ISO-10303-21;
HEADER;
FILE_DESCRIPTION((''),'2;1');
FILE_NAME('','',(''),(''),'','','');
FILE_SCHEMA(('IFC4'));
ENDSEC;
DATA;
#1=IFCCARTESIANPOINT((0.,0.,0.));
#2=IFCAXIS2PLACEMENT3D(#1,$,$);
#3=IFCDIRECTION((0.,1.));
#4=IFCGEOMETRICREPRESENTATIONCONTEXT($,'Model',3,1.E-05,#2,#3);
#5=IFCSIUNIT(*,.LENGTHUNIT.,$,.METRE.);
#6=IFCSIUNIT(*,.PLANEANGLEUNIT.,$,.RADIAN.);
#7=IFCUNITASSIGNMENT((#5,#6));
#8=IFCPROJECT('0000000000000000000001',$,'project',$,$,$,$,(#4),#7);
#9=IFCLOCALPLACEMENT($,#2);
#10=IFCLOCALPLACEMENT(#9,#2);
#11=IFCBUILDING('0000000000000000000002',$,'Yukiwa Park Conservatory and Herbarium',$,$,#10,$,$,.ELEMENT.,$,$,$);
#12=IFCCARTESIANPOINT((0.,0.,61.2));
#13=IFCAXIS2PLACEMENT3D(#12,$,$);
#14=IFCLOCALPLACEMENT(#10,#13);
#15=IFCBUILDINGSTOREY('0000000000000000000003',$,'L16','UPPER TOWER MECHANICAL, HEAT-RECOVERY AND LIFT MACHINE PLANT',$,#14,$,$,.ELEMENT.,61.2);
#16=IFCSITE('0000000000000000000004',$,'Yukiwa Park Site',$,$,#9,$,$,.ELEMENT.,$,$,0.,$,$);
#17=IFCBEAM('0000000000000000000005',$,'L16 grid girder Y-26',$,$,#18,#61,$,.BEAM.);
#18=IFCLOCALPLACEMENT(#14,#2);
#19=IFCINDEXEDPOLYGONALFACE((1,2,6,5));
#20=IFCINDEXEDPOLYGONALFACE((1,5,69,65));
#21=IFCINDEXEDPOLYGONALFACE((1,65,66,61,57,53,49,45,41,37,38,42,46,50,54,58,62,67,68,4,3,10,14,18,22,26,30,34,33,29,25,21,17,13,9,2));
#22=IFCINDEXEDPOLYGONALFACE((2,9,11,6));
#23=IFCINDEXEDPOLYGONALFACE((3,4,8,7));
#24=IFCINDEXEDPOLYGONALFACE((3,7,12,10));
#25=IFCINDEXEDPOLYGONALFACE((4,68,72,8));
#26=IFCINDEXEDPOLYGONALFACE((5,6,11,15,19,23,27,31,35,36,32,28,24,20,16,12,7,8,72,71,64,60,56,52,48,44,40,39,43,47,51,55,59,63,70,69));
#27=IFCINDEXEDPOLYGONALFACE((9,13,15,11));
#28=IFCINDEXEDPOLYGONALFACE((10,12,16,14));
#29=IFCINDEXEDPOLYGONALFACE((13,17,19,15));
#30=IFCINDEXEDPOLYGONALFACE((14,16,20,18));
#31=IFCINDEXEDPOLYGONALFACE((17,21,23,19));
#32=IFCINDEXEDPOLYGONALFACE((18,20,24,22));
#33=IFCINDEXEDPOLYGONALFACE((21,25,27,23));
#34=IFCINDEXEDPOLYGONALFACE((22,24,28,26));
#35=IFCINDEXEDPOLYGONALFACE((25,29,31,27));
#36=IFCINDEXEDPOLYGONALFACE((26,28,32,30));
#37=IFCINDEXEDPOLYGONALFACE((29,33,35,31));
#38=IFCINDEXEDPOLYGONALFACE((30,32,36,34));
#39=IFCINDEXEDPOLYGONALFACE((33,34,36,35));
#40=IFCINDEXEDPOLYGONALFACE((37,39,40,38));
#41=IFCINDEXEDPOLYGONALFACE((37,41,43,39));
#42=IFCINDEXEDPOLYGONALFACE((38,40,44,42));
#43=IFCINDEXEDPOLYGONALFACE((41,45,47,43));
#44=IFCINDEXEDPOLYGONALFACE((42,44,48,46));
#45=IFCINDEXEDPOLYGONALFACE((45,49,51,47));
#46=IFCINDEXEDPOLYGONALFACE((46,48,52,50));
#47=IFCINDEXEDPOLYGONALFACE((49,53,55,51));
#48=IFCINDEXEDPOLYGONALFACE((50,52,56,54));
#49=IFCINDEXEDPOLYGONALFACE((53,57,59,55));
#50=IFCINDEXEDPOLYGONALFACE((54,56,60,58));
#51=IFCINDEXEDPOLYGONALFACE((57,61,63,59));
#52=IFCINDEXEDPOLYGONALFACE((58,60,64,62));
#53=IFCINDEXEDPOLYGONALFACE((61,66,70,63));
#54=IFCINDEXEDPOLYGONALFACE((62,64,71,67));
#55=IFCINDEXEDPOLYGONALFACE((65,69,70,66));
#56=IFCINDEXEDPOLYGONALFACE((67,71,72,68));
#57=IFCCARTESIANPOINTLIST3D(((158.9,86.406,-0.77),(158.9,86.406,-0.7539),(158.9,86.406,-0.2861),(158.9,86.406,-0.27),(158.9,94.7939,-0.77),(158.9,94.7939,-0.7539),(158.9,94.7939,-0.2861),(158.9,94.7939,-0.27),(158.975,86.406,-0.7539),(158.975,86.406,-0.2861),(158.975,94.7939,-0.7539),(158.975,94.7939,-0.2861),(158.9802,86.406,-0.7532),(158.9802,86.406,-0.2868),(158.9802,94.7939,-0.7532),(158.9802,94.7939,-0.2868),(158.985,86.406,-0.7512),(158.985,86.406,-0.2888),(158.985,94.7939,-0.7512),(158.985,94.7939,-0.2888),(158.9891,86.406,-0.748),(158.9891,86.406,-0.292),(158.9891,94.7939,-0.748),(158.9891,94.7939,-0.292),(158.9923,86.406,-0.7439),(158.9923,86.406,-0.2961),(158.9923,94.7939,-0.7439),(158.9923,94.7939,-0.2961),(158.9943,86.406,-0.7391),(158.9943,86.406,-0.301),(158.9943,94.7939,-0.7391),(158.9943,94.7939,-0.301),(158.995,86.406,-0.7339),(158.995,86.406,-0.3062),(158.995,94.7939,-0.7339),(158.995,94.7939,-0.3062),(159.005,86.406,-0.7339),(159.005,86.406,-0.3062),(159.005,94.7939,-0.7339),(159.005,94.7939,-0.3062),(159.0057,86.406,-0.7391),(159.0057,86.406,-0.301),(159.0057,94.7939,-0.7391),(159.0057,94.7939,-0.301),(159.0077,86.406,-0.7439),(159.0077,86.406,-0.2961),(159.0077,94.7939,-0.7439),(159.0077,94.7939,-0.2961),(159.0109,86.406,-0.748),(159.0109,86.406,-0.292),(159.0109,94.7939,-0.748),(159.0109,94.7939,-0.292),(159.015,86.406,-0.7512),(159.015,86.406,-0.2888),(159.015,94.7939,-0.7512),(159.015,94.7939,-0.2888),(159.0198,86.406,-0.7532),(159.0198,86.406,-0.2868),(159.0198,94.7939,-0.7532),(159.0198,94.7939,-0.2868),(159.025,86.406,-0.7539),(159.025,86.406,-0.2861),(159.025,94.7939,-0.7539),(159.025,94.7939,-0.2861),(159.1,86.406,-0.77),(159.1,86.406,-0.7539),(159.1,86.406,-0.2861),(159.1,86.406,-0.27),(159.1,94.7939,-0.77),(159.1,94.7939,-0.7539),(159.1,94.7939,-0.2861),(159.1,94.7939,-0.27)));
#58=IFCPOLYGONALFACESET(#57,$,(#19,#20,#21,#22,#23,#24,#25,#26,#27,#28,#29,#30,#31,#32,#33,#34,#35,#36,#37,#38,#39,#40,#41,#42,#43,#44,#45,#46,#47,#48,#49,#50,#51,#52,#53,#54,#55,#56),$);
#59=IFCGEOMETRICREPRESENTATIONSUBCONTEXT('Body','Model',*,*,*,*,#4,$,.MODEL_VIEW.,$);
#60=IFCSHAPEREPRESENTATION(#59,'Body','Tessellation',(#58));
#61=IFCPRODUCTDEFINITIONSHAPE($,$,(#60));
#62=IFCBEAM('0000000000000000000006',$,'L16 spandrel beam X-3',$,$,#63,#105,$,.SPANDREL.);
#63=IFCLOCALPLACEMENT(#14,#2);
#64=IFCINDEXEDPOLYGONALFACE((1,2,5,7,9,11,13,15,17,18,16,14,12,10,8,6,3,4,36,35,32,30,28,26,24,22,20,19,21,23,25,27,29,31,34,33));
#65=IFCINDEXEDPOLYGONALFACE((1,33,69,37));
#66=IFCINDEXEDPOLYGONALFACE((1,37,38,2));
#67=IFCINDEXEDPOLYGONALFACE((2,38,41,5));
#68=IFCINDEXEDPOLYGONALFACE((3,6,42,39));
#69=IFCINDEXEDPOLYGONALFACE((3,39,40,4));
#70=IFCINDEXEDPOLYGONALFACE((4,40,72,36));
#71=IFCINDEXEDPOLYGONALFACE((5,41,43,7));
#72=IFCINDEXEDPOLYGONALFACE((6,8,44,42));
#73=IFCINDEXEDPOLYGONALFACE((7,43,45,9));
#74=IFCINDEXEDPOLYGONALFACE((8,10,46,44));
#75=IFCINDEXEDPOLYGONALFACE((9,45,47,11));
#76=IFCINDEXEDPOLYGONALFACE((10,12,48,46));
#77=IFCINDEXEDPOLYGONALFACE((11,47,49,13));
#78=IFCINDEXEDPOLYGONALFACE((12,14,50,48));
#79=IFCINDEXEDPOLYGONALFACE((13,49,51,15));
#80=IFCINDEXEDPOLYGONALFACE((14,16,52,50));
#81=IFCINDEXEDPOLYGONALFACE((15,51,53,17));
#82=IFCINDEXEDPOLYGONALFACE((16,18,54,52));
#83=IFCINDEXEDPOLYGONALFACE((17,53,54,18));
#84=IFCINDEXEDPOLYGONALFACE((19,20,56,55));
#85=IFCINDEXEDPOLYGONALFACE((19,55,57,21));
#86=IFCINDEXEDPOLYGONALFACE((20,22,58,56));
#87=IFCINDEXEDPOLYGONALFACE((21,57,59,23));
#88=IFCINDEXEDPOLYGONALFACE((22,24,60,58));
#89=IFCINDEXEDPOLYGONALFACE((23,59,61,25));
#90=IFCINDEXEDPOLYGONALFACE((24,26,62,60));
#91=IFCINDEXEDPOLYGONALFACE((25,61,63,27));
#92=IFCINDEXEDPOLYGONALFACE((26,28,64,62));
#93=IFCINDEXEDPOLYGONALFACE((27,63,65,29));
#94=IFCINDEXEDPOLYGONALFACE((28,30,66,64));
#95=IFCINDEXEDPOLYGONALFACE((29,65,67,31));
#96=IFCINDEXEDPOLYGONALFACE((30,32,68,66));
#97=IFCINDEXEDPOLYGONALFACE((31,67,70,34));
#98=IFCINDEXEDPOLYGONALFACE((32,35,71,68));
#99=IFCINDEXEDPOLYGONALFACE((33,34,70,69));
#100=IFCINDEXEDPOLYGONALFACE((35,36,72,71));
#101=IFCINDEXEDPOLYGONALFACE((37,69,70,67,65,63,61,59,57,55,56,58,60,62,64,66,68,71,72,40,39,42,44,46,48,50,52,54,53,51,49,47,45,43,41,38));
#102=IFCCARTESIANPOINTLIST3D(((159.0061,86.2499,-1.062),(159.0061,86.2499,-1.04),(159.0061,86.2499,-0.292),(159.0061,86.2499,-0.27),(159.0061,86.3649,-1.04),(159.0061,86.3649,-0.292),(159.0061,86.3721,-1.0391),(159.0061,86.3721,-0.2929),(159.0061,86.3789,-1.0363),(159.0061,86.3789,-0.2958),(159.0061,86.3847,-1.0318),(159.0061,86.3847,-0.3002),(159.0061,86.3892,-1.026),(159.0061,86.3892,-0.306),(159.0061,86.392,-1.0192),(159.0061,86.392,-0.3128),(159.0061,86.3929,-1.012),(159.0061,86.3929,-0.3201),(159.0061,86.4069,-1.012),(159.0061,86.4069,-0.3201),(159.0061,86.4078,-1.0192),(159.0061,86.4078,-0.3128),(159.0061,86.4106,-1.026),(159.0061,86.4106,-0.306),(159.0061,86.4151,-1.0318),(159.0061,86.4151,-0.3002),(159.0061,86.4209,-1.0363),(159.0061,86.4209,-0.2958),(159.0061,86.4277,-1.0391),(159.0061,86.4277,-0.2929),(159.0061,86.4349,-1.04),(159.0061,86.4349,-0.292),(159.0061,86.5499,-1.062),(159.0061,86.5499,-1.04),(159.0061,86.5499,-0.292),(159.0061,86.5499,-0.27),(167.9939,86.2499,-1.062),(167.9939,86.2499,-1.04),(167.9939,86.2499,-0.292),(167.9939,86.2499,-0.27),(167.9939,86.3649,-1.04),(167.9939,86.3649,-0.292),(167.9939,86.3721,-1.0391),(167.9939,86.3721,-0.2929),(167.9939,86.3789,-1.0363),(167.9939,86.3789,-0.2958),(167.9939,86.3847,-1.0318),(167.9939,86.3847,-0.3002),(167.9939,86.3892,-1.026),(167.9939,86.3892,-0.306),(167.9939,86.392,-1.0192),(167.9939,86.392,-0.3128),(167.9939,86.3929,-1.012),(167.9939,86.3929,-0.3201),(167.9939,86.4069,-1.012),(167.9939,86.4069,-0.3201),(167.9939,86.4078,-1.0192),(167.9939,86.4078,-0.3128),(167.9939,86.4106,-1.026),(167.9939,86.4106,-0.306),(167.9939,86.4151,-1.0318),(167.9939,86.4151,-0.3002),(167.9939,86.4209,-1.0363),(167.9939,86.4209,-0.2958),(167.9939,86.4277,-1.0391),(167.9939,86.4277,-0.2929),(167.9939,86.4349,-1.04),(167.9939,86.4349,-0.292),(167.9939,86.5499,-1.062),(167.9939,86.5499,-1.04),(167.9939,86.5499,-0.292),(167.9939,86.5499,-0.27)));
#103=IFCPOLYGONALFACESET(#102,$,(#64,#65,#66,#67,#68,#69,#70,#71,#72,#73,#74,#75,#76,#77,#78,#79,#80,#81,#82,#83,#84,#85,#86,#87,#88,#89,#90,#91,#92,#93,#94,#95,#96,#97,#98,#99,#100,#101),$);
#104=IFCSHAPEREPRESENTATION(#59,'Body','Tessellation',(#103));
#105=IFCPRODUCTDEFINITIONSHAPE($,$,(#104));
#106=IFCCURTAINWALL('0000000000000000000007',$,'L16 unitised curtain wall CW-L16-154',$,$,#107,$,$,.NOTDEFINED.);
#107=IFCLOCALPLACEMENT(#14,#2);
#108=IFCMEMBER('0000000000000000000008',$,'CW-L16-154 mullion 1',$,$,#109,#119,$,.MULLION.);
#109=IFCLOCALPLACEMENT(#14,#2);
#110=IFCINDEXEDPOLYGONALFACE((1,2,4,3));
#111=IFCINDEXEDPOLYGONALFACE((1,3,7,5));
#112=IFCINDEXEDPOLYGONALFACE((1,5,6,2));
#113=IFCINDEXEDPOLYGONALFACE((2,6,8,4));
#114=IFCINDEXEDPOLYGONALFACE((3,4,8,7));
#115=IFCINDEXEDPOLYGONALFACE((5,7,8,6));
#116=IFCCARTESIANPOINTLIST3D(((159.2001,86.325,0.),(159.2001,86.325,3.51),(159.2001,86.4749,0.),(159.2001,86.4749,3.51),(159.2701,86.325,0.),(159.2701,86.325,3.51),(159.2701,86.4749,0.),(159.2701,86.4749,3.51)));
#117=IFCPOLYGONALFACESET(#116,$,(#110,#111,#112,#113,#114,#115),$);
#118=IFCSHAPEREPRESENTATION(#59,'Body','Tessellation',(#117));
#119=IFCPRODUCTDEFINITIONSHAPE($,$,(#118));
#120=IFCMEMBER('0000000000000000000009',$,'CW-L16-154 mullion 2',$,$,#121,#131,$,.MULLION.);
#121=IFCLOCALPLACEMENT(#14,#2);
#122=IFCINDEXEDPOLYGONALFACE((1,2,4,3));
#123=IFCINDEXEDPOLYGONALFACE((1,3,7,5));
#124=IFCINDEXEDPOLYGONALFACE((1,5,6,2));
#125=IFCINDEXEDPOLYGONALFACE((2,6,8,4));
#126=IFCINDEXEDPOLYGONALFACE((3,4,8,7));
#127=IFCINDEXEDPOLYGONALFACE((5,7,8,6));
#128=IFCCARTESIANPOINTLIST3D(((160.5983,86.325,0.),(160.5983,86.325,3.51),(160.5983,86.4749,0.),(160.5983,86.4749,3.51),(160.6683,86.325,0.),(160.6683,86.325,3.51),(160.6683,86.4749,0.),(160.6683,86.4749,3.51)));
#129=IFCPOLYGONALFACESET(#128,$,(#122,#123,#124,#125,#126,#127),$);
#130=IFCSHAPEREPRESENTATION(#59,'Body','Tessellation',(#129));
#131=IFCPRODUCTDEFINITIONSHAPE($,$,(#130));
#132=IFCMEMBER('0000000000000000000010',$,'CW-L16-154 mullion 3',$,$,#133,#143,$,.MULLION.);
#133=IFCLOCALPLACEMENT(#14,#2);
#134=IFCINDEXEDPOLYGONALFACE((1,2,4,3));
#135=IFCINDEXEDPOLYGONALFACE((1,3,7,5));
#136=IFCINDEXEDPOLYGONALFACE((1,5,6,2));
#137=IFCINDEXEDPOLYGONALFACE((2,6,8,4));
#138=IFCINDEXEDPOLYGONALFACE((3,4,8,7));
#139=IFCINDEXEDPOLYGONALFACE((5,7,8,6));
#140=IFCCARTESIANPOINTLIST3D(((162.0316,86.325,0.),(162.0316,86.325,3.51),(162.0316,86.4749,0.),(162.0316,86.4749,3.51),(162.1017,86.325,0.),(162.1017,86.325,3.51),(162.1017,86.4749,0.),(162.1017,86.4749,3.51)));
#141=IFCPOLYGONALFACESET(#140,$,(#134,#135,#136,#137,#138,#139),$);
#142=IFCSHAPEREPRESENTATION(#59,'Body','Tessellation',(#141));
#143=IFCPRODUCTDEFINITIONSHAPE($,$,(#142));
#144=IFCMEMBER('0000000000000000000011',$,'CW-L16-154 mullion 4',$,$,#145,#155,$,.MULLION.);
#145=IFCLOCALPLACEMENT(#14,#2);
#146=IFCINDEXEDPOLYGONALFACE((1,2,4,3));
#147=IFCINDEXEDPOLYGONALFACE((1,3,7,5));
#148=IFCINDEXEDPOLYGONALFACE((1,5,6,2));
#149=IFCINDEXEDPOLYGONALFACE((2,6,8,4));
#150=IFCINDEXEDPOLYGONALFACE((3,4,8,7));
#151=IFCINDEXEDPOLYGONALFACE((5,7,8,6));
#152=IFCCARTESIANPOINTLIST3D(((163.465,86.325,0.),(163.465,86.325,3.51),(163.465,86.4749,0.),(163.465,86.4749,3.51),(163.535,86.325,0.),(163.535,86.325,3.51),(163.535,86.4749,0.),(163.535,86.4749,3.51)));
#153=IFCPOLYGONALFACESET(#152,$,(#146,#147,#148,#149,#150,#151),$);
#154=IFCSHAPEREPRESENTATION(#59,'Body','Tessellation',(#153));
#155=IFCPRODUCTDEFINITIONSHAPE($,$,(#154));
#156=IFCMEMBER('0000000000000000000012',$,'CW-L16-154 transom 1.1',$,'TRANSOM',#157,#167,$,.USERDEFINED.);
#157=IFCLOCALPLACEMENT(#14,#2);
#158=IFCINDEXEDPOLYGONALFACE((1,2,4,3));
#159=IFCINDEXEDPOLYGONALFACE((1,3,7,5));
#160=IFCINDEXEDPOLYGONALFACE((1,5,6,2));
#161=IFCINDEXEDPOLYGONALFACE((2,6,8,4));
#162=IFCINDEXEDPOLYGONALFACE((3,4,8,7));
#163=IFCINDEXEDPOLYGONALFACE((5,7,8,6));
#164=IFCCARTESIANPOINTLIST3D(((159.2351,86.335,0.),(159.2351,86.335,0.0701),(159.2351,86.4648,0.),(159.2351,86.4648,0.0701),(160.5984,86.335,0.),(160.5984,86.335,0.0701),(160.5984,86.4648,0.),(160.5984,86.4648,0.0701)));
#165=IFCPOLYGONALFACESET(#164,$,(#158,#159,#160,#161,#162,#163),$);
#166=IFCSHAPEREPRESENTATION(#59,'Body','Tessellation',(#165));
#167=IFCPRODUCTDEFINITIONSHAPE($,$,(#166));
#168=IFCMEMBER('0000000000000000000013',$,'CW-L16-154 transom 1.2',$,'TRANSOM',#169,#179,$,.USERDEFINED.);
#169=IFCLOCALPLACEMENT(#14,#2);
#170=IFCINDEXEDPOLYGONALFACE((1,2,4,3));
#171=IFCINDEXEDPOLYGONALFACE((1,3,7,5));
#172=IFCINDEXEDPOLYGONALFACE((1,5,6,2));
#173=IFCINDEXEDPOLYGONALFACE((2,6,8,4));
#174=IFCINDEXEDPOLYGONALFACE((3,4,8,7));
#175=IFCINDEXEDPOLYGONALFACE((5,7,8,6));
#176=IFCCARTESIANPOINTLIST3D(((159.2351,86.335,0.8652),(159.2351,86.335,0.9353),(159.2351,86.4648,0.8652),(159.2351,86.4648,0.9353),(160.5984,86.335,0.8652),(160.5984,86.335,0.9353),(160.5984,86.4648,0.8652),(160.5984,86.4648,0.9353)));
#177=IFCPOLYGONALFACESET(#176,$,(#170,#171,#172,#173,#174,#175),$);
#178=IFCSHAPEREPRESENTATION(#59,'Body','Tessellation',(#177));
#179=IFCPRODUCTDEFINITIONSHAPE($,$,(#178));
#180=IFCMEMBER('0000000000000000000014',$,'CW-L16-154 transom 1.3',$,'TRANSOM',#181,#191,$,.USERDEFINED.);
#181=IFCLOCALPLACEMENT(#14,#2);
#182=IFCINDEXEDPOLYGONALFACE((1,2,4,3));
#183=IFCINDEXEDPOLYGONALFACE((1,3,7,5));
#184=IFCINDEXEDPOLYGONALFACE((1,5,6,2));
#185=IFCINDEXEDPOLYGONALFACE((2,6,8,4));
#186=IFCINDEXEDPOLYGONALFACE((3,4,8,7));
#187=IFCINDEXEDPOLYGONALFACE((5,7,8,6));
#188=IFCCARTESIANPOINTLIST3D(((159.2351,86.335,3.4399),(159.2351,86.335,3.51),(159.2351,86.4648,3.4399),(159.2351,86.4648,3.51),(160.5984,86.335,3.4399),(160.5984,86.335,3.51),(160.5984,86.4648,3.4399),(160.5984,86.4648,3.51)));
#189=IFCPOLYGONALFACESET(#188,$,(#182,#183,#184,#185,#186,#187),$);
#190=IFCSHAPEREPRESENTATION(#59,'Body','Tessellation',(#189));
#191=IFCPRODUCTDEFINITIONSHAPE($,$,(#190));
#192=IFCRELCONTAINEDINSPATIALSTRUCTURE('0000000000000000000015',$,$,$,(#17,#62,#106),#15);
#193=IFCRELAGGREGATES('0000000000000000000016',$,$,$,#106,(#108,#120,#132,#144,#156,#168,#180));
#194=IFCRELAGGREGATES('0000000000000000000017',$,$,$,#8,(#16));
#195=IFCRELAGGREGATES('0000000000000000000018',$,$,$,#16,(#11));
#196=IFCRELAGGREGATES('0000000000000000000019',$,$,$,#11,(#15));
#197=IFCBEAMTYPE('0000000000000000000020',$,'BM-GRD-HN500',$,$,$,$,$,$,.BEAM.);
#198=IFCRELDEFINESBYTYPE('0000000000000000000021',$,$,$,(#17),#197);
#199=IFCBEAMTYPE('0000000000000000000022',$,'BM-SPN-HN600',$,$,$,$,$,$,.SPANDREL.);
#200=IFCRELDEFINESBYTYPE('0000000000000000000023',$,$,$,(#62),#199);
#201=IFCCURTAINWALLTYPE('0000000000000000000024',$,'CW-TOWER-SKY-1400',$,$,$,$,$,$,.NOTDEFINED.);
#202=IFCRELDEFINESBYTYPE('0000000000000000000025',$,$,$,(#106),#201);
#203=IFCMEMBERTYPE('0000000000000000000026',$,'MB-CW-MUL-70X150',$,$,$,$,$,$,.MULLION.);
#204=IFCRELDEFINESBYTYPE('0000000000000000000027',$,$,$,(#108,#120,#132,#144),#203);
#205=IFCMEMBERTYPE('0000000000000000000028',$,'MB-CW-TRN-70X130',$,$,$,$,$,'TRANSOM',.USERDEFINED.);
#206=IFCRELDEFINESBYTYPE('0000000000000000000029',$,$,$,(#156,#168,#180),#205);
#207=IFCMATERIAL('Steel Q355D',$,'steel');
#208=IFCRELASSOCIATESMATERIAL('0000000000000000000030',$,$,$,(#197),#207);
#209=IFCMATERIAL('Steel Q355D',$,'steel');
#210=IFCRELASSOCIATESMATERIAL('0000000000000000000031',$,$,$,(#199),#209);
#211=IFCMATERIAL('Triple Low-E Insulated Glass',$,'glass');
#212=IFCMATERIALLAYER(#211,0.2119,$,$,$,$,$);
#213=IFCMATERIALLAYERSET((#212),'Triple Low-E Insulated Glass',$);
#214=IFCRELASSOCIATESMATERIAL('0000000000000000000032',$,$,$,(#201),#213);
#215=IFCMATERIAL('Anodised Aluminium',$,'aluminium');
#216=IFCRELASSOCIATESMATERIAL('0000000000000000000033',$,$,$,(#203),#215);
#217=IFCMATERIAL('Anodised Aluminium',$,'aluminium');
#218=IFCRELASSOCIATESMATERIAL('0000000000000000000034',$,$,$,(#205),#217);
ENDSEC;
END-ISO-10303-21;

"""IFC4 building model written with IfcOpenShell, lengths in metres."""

from ifc_helpers import new_model, si_unit, direction, frame, origin, origin_2d, place, context, subcontext, project, spatial, rectangle, i_section, extrude, material, layer, layer_set, material_profile, profile_set, type_object, element, aggregate, save


model = new_model("IFC4")

# Units and contexts
model_context = context("Model", 3, precision=1e-05, world=origin(), true_north=direction((0.0, 1.0)))
body_context = subcontext(model_context, "Body", "Model", "MODEL_VIEW")
ifc_project = project(units=[si_unit("LENGTHUNIT", "METRE"), si_unit("PLANEANGLEUNIT", "RADIAN")], contexts=[model_context])

# Site, building, storey
site_placement = place(None, origin())
site = spatial("IfcSite", under=ifc_project, at=site_placement, Name="Yukiwa Park Site", CompositionType="ELEMENT", RefElevation=0.0)
building_placement = place(site_placement, origin())
building = spatial("IfcBuilding", under=site, at=building_placement, Name="Yukiwa Park Conservatory and Herbarium", CompositionType="ELEMENT")
storey_placement = place(building_placement, frame((0.0, 0.0, 61.2)))
storey = spatial("IfcBuildingStorey", under=building, at=storey_placement, Name="L16", Description="UPPER TOWER MECHANICAL, HEAT-RECOVERY AND LIFT MACHINE PLANT", CompositionType="ELEMENT", Elevation=61.2)

# Beams
ifc_material_1 = material(Name="Steel Q355D", Category="steel")
ifc_material_profile_1 = material_profile(ifc_material_1, i_section(OverallWidth=0.2, OverallDepth=0.5, WebThickness=0.01, FlangeThickness=0.0161, FilletRadius=0.02, at=origin_2d()), Name="HN 500x200x10x16")
ifc_profile_set_1 = profile_set([ifc_material_profile_1], Name="Steel Q355D")
beam_type_1 = type_object("IfcBeamType", Name="BM-GRD-HN500", PredefinedType="BEAM", material=ifc_profile_set_1)
beam_1_placement = place(storey_placement, frame((159.0, 86.406, -0.52), z_axis=(0.0, 1.0, 0.0), x_axis=(-1.0, 0.0, 0.0)))
element("IfcBeam", 1, at=beam_1_placement, inside=storey, type_object=beam_type_1, Name="L16 grid girder Y-26", PredefinedType="BEAM", context=body_context, shape_type="SweptSolid", body=[
    extrude(i_section(OverallWidth=0.2, OverallDepth=0.5, WebThickness=0.01, FlangeThickness=0.0161, FilletRadius=0.02, at=origin_2d()), origin(), (0.0, 0.0, 1.0), 8.3879),
])
ifc_material_2 = material(Name="Steel Q355D", Category="steel")
ifc_material_profile_2 = material_profile(ifc_material_2, i_section(OverallWidth=0.3, OverallDepth=0.792, WebThickness=0.0139, FlangeThickness=0.022, FilletRadius=0.0281, at=origin_2d()), Name="HN 792x300x14x22")
ifc_profile_set_2 = profile_set([ifc_material_profile_2], Name="Steel Q355D")
beam_type_2 = type_object("IfcBeamType", Name="BM-SPN-HN600", PredefinedType="SPANDREL", material=ifc_profile_set_2)
beam_2_placement = place(storey_placement, frame((159.0061, 86.3999, -0.666), z_axis=(1.0, 0.0, 0.0), x_axis=(0.0, 1.0, 0.0)))
element("IfcBeam", 2, at=beam_2_placement, inside=storey, type_object=beam_type_2, Name="L16 spandrel beam X-3", PredefinedType="SPANDREL", context=body_context, shape_type="SweptSolid", body=[
    extrude(i_section(OverallWidth=0.3, OverallDepth=0.792, WebThickness=0.0139, FlangeThickness=0.022, FilletRadius=0.0281, at=origin_2d()), origin(), (0.0, 0.0, 1.0), 8.9878),
])

# Curtain wall, members
ifc_material_3 = material(Name="Triple Low-E Insulated Glass", Category="glass")
ifc_layer_1 = layer(ifc_material_3, 0.2119)
ifc_layer_set_1 = layer_set([ifc_layer_1], Name="Triple Low-E Insulated Glass")
curtain_wall_type = type_object("IfcCurtainWallType", Name="CW-TOWER-SKY-1400", PredefinedType="NOTDEFINED", material=ifc_layer_set_1)
curtain_wall_placement = place(storey_placement, origin())
curtain_wall = element("IfcCurtainWall", 3, at=curtain_wall_placement, inside=storey, type_object=curtain_wall_type, Name="L16 unitised curtain wall CW-L16-154", PredefinedType="NOTDEFINED")
ifc_material_4 = material(Name="Anodised Aluminium", Category="aluminium")
member_type_1 = type_object("IfcMemberType", Name="MB-CW-MUL-70X150", PredefinedType="MULLION", material=ifc_material_4)
member_1_placement = place(storey_placement, frame((159.2351, 86.3999, 0.0), z_axis=(0.0, 0.0, 1.0), x_axis=(1.0, 0.0, 0.0)))
member_1 = element("IfcMember", 4, at=member_1_placement, type_object=member_type_1, Name="CW-L16-154 mullion 1", PredefinedType="MULLION", context=body_context, shape_type="SweptSolid", body=[
    extrude(rectangle(XDim=0.0701, YDim=0.1499, at=origin_2d()), origin(), (0.0, 0.0, 1.0), 3.51),
])
member_2_placement = place(storey_placement, frame((160.6333, 86.3999, 0.0), z_axis=(0.0, 0.0, 1.0), x_axis=(1.0, 0.0, 0.0)))
member_2 = element("IfcMember", 5, at=member_2_placement, type_object=member_type_1, Name="CW-L16-154 mullion 2", PredefinedType="MULLION", context=body_context, shape_type="SweptSolid", body=[
    extrude(rectangle(XDim=0.0701, YDim=0.1499, at=origin_2d()), origin(), (0.0, 0.0, 1.0), 3.51),
])
member_3_placement = place(storey_placement, frame((162.0667, 86.3999, 0.0), z_axis=(0.0, 0.0, 1.0), x_axis=(1.0, 0.0, 0.0)))
member_3 = element("IfcMember", 6, at=member_3_placement, type_object=member_type_1, Name="CW-L16-154 mullion 3", PredefinedType="MULLION", context=body_context, shape_type="SweptSolid", body=[
    extrude(rectangle(XDim=0.0701, YDim=0.1499, at=origin_2d()), origin(), (0.0, 0.0, 1.0), 3.51),
])
member_4_placement = place(storey_placement, frame((163.5, 86.3999, 0.0), z_axis=(0.0, 0.0, 1.0), x_axis=(1.0, 0.0, 0.0)))
member_4 = element("IfcMember", 7, at=member_4_placement, type_object=member_type_1, Name="CW-L16-154 mullion 4", PredefinedType="MULLION", context=body_context, shape_type="SweptSolid", body=[
    extrude(rectangle(XDim=0.0701, YDim=0.1499, at=origin_2d()), origin(), (0.0, 0.0, 1.0), 3.51),
])
ifc_material_5 = material(Name="Anodised Aluminium", Category="aluminium")
member_type_2 = type_object("IfcMemberType", Name="MB-CW-TRN-70X130", ElementType="TRANSOM", PredefinedType="USERDEFINED", material=ifc_material_5)
member_5_placement = place(storey_placement, frame((159.9167, 86.3999, 0.0), z_axis=(0.0, 0.0, 1.0), x_axis=(1.0, 0.0, 0.0)))
member_5 = element("IfcMember", 8, at=member_5_placement, type_object=member_type_2, Name="CW-L16-154 transom 1.1", ObjectType="TRANSOM", PredefinedType="USERDEFINED", context=body_context, shape_type="SweptSolid", body=[
    extrude(rectangle(XDim=1.3633, YDim=0.1299, at=origin_2d()), origin(), (0.0, 0.0, 1.0), 0.0701),
])
member_6_placement = place(storey_placement, frame((159.9167, 86.3999, 0.8652), z_axis=(0.0, 0.0, 1.0), x_axis=(1.0, 0.0, 0.0)))
member_6 = element("IfcMember", 9, at=member_6_placement, type_object=member_type_2, Name="CW-L16-154 transom 1.2", ObjectType="TRANSOM", PredefinedType="USERDEFINED", context=body_context, shape_type="SweptSolid", body=[
    extrude(rectangle(XDim=1.3633, YDim=0.1299, at=origin_2d()), origin(), (0.0, 0.0, 1.0), 0.0701),
])
member_7_placement = place(storey_placement, frame((159.9167, 86.3999, 3.4399), z_axis=(0.0, 0.0, 1.0), x_axis=(1.0, 0.0, 0.0)))
member_7 = element("IfcMember", 10, at=member_7_placement, type_object=member_type_2, Name="CW-L16-154 transom 1.3", ObjectType="TRANSOM", PredefinedType="USERDEFINED", context=body_context, shape_type="SweptSolid", body=[
    extrude(rectangle(XDim=1.3633, YDim=0.1299, at=origin_2d()), origin(), (0.0, 0.0, 1.0), 0.0701),
])
aggregate(curtain_wall, [member_1, member_2, member_3, member_4, member_5, member_6, member_7])

save(model, "model.ifc")
